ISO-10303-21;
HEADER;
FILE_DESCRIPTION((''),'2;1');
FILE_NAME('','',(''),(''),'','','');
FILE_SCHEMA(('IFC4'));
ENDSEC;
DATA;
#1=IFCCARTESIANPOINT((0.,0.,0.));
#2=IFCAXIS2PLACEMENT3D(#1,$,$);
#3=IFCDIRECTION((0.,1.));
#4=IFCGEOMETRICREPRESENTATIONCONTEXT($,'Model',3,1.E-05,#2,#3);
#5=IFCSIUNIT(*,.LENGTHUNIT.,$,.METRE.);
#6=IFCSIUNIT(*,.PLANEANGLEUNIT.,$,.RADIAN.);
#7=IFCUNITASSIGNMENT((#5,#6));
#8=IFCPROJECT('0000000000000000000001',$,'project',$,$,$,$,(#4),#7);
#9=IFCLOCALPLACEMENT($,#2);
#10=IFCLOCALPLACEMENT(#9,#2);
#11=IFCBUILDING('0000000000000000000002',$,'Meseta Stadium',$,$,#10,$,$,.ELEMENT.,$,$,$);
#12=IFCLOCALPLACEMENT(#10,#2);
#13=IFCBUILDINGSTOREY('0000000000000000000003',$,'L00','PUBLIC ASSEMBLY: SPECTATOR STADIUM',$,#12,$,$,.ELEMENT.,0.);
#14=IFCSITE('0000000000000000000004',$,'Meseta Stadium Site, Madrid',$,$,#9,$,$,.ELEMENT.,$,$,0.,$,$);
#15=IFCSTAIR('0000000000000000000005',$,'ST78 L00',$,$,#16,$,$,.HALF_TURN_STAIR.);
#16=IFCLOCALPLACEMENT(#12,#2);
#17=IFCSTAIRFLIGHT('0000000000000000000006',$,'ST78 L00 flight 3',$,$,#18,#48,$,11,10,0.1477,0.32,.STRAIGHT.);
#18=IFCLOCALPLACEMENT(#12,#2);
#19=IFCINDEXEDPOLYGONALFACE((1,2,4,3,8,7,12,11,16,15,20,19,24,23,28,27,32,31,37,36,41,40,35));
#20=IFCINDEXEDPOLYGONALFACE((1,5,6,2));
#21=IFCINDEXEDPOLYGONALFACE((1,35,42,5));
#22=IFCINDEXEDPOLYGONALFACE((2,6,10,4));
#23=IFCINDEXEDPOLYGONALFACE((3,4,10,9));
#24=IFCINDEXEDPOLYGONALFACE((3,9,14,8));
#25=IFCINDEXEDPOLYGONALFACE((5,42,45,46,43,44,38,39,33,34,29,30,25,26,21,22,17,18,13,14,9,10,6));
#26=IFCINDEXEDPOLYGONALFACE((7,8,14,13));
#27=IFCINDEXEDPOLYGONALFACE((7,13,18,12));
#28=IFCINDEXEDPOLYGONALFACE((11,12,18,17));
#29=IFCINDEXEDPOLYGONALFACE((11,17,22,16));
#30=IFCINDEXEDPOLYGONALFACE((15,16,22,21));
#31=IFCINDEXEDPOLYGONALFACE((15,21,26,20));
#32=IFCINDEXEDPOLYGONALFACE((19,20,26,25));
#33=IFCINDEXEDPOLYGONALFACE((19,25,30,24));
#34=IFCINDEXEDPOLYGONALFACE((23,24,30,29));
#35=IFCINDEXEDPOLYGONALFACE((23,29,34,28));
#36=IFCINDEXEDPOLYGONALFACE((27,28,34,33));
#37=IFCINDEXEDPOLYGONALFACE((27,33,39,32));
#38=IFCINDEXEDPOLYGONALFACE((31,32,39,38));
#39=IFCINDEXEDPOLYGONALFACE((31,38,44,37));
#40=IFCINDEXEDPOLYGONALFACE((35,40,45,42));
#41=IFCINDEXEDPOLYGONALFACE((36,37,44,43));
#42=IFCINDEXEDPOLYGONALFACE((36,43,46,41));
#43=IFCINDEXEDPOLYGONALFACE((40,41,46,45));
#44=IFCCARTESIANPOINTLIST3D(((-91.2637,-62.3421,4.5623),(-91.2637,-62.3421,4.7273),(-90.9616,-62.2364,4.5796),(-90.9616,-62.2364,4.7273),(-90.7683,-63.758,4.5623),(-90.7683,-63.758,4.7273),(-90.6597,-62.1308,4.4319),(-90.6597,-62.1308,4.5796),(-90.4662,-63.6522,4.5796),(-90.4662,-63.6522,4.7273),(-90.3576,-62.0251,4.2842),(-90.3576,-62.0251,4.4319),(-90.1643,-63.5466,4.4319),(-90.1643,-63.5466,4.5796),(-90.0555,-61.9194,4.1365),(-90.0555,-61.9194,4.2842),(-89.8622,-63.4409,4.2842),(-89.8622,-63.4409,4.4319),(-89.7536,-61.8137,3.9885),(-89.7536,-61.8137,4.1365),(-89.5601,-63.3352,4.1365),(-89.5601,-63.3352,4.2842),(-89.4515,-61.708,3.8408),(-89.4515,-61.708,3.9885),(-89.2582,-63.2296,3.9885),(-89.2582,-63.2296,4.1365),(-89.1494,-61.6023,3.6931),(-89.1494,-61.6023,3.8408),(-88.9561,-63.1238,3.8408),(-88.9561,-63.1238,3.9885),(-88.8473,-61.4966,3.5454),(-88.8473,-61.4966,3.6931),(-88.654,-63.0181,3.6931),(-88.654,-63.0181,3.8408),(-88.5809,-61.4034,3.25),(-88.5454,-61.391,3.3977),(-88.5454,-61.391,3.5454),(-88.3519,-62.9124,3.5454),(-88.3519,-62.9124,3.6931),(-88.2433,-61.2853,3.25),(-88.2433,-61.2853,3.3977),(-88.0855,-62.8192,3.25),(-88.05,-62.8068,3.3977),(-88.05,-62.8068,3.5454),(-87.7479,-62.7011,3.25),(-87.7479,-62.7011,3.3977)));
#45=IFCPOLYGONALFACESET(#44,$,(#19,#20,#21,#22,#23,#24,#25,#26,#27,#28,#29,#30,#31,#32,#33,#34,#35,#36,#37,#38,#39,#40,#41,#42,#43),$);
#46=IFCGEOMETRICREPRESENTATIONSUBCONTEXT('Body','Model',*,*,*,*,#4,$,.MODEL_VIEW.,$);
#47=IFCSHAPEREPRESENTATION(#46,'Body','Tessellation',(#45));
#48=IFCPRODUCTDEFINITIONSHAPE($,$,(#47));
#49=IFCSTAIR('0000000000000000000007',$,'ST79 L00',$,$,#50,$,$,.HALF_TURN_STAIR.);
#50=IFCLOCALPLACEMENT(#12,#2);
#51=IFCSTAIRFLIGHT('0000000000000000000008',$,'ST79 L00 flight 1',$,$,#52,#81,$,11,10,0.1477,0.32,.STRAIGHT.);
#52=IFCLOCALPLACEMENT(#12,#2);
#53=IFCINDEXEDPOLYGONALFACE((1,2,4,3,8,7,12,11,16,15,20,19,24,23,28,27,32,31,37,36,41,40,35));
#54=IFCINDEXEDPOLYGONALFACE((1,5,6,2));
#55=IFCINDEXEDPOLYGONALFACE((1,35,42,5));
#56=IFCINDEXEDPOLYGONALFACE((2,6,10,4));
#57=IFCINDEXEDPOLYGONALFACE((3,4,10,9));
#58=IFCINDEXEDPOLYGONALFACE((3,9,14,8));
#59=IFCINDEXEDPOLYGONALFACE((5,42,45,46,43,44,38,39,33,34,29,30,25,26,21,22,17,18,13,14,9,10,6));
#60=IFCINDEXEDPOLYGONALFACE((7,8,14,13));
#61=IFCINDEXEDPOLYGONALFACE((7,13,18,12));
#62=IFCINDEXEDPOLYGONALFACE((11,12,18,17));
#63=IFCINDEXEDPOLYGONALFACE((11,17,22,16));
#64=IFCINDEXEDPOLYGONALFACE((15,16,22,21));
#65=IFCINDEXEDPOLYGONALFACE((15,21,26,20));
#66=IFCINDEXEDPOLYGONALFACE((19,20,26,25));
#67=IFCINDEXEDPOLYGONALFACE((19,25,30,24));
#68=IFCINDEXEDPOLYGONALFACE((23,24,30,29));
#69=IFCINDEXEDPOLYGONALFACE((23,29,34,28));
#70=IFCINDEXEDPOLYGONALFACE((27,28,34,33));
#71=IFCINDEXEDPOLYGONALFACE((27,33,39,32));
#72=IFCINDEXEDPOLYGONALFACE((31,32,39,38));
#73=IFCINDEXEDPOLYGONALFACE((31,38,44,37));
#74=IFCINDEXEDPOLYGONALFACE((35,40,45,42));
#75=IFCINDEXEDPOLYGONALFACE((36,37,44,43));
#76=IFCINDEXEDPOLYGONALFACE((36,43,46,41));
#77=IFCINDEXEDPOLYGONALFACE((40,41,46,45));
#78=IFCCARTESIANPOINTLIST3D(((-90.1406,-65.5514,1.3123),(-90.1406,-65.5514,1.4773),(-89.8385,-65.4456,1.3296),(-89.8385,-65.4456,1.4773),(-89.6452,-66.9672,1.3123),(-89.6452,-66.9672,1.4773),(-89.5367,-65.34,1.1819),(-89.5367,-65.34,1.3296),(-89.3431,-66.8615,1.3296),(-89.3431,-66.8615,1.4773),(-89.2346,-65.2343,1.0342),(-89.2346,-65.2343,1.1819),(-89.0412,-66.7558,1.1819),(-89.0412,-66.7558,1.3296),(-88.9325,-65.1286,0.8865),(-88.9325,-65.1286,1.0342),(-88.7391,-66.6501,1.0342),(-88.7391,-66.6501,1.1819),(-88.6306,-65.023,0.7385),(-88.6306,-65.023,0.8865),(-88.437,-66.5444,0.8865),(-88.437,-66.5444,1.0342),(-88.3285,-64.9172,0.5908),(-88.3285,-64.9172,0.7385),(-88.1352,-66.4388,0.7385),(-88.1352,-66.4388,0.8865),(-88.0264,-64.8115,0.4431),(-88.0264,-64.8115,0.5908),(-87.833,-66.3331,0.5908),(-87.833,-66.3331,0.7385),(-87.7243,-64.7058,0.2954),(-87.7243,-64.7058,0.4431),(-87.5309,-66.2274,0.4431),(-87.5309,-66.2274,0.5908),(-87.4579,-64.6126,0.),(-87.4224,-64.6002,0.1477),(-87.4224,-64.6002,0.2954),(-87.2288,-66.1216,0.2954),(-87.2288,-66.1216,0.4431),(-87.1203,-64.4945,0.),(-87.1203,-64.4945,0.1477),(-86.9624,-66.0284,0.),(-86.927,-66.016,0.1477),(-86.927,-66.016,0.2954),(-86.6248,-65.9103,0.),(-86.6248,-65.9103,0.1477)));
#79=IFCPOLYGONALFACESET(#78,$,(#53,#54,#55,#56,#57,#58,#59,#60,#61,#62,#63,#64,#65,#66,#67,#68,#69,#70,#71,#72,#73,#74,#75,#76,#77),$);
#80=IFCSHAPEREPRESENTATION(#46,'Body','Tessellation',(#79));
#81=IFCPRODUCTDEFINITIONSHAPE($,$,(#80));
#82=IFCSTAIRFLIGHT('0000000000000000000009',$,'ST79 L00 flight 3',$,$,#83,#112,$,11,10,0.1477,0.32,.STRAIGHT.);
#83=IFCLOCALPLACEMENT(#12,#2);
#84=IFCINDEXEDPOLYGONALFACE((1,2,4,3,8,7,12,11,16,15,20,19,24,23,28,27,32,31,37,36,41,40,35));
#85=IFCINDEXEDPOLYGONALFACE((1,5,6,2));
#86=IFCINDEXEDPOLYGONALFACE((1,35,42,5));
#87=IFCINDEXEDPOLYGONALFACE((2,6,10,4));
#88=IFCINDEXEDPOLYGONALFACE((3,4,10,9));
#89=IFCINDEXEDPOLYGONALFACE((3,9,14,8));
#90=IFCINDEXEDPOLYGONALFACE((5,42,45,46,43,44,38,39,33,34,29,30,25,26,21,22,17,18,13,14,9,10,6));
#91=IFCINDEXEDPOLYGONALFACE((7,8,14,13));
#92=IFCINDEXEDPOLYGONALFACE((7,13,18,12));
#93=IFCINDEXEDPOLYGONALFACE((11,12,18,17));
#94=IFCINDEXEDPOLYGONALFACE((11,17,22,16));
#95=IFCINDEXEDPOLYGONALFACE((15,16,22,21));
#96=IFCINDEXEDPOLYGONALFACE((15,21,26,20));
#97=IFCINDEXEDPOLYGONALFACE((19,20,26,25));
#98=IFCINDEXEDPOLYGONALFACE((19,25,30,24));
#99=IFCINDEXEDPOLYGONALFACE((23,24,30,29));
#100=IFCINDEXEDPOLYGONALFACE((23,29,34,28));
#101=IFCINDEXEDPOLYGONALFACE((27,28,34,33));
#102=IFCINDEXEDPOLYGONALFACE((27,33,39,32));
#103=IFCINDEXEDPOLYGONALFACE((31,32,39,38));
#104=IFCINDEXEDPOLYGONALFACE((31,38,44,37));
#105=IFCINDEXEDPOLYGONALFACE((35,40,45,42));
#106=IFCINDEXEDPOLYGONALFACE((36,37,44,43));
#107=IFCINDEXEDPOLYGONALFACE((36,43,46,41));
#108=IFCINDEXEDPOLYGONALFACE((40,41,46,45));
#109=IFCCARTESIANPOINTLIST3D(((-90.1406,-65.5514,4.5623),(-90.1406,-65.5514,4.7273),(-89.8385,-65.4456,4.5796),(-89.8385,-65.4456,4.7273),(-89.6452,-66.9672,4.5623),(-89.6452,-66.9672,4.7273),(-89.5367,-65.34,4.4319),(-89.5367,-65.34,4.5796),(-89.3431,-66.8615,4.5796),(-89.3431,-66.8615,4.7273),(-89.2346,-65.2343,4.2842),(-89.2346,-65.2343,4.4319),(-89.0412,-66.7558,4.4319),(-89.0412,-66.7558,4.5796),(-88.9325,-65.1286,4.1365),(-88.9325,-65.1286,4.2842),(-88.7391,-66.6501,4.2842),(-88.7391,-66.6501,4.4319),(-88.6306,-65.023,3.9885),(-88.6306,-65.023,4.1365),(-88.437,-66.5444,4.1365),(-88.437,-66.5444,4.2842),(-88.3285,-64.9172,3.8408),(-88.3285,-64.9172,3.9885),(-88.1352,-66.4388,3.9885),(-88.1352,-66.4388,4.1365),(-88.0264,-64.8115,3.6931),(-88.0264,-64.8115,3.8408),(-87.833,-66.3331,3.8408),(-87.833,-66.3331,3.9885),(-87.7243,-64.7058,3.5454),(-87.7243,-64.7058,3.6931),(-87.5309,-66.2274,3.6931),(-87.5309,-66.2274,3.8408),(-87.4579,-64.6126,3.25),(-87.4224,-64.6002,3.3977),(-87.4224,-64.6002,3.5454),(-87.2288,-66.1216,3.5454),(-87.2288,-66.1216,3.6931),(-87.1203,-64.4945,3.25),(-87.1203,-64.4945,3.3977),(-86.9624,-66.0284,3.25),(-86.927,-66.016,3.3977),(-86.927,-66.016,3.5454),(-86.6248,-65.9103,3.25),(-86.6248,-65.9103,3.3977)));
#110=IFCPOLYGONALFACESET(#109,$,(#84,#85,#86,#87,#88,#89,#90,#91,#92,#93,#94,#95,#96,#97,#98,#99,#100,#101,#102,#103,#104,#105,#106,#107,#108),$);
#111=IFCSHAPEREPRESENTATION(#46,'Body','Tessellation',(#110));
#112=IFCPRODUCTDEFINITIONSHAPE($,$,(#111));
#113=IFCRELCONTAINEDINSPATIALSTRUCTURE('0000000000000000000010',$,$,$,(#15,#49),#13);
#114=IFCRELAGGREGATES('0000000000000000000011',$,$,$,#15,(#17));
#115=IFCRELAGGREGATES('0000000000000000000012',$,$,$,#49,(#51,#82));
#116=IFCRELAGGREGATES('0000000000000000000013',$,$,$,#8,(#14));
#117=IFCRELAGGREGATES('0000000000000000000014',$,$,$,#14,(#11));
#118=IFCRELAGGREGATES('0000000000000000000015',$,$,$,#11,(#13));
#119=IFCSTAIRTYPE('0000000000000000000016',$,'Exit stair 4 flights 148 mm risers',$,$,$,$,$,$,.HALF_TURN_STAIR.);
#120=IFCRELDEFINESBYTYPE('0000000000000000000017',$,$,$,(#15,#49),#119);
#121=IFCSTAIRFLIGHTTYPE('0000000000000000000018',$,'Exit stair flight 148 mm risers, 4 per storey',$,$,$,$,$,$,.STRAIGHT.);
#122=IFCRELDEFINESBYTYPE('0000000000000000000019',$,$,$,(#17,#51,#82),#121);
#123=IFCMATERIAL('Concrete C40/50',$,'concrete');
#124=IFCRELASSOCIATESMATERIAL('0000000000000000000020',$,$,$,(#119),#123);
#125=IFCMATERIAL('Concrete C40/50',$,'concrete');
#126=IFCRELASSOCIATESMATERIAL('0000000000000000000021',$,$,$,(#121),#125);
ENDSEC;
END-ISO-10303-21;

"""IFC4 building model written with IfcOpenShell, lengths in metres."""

from ifc_helpers import new_model, si_unit, direction, frame, origin, place, context, subcontext, project, spatial, polyline, outline, extrude, material, type_object, element, aggregate, save


model = new_model("IFC4")

# Units and contexts
model_context = context("Model", 3, precision=1e-05, world=origin(), true_north=direction((0.0, 1.0)))
body_context = subcontext(model_context, "Body", "Model", "MODEL_VIEW")
ifc_project = project(units=[si_unit("LENGTHUNIT", "METRE"), si_unit("PLANEANGLEUNIT", "RADIAN")], contexts=[model_context])

# Site, building, storey
site_placement = place(None, origin())
site = spatial("IfcSite", under=ifc_project, at=site_placement, Name="Meseta Stadium Site, Madrid", CompositionType="ELEMENT", RefElevation=0.0)
building_placement = place(site_placement, origin())
building = spatial("IfcBuilding", under=site, at=building_placement, Name="Meseta Stadium", CompositionType="ELEMENT")
storey_placement = place(building_placement, origin())
storey = spatial("IfcBuildingStorey", under=building, at=storey_placement, Name="L00", Description="PUBLIC ASSEMBLY: SPECTATOR STADIUM", CompositionType="ELEMENT", Elevation=0.0)

# Stairs, stair flights
ifc_material_1 = material(Name="Concrete C40/50", Category="concrete")
stair_type = type_object("IfcStairType", Name="Exit stair 4 flights 148 mm risers", PredefinedType="HALF_TURN_STAIR", material=ifc_material_1)
ifc_material_2 = material(Name="Concrete C40/50", Category="concrete")
stair_flight_type = type_object("IfcStairFlightType", Name="Exit stair flight 148 mm risers, 4 per storey", PredefinedType="STRAIGHT", material=ifc_material_2)
stair_1_placement = place(storey_placement, origin())
stair_1 = element("IfcStair", 1, at=stair_1_placement, inside=storey, type_object=stair_type, Name="ST78 L00", PredefinedType="HALF_TURN_STAIR")
stair_flight_1_placement = place(storey_placement, frame((-87.9956, -61.9932, 3.25), z_axis=(0.0, 0.0, 1.0), x_axis=(-0.943883, -0.330279, 0.0)))
stair_flight_1 = element("IfcStairFlight", 2, at=stair_flight_1_placement, type_object=stair_flight_type, Name="ST78 L00 flight 3", NumberOfRisers=11, NumberOfTreads=10, PredefinedType="STRAIGHT", RiserHeight=0.1477, TreadLength=0.32, context=body_context, shape_type="SweptSolid", body=[
    extrude(outline(polyline([(0.0, 0.0), (0.0, 0.1477), (0.3201, 0.1477), (0.3201, 0.2954), (0.6399, 0.2954), (0.6399, 0.4431), (0.96, 0.4431), (0.96, 0.5908), (1.28, 0.5908), (1.28, 0.7385), (1.6001, 0.7385), (1.6001, 0.8865), (1.9199, 0.8865), (1.9199, 1.0342), (2.24, 1.0342), (2.24, 1.1819), (2.5601, 1.1819), (2.5601, 1.3296), (2.8799, 1.3296), (2.8799, 1.4773), (3.2, 1.4773), (3.2, 1.3123), (0.3577, 0.0), (0.0, 0.0)])), frame((0.0, 0.75, 0.0), z_axis=(0.0, -1.0, 0.0), x_axis=(1.0, 0.0, 0.0)), (0.0, 0.0, 1.0), 1.5),
])
aggregate(stair_1, [stair_flight_1])
stair_2_placement = place(storey_placement, origin())
stair_2 = element("IfcStair", 3, at=stair_2_placement, inside=storey, type_object=stair_type, Name="ST79 L00", PredefinedType="HALF_TURN_STAIR")
stair_flight_2_placement = place(storey_placement, frame((-86.8726, -65.2024, 0.0), z_axis=(0.0, 0.0, 1.0), x_axis=(-0.943883, -0.330279, 0.0)))
stair_flight_2 = element("IfcStairFlight", 4, at=stair_flight_2_placement, type_object=stair_flight_type, Name="ST79 L00 flight 1", NumberOfRisers=11, NumberOfTreads=10, PredefinedType="STRAIGHT", RiserHeight=0.1477, TreadLength=0.32, context=body_context, shape_type="SweptSolid", body=[
    extrude(outline(polyline([(0.0, 0.0), (0.0, 0.1477), (0.3201, 0.1477), (0.3201, 0.2954), (0.6399, 0.2954), (0.6399, 0.4431), (0.96, 0.4431), (0.96, 0.5908), (1.28, 0.5908), (1.28, 0.7385), (1.6001, 0.7385), (1.6001, 0.8865), (1.9199, 0.8865), (1.9199, 1.0342), (2.24, 1.0342), (2.24, 1.1819), (2.5601, 1.1819), (2.5601, 1.3296), (2.8799, 1.3296), (2.8799, 1.4773), (3.2, 1.4773), (3.2, 1.3123), (0.3577, 0.0), (0.0, 0.0)])), frame((0.0, 0.75, 0.0), z_axis=(0.0, -1.0, 0.0), x_axis=(1.0, 0.0, 0.0)), (0.0, 0.0, 1.0), 1.5),
])
stair_flight_3_placement = place(storey_placement, frame((-86.8726, -65.2024, 3.25), z_axis=(0.0, 0.0, 1.0), x_axis=(-0.943883, -0.330279, 0.0)))
stair_flight_3 = element("IfcStairFlight", 5, at=stair_flight_3_placement, type_object=stair_flight_type, Name="ST79 L00 flight 3", NumberOfRisers=11, NumberOfTreads=10, PredefinedType="STRAIGHT", RiserHeight=0.1477, TreadLength=0.32, context=body_context, shape_type="SweptSolid", body=[
    extrude(outline(polyline([(0.0, 0.0), (0.0, 0.1477), (0.3201, 0.1477), (0.3201, 0.2954), (0.6399, 0.2954), (0.6399, 0.4431), (0.96, 0.4431), (0.96, 0.5908), (1.28, 0.5908), (1.28, 0.7385), (1.6001, 0.7385), (1.6001, 0.8865), (1.9199, 0.8865), (1.9199, 1.0342), (2.24, 1.0342), (2.24, 1.1819), (2.5601, 1.1819), (2.5601, 1.3296), (2.8799, 1.3296), (2.8799, 1.4773), (3.2, 1.4773), (3.2, 1.3123), (0.3577, 0.0), (0.0, 0.0)])), frame((0.0, 0.75, 0.0), z_axis=(0.0, -1.0, 0.0), x_axis=(1.0, 0.0, 0.0)), (0.0, 0.0, 1.0), 1.5),
])
aggregate(stair_2, [stair_flight_2, stair_flight_3])

save(model, "model.ifc")
